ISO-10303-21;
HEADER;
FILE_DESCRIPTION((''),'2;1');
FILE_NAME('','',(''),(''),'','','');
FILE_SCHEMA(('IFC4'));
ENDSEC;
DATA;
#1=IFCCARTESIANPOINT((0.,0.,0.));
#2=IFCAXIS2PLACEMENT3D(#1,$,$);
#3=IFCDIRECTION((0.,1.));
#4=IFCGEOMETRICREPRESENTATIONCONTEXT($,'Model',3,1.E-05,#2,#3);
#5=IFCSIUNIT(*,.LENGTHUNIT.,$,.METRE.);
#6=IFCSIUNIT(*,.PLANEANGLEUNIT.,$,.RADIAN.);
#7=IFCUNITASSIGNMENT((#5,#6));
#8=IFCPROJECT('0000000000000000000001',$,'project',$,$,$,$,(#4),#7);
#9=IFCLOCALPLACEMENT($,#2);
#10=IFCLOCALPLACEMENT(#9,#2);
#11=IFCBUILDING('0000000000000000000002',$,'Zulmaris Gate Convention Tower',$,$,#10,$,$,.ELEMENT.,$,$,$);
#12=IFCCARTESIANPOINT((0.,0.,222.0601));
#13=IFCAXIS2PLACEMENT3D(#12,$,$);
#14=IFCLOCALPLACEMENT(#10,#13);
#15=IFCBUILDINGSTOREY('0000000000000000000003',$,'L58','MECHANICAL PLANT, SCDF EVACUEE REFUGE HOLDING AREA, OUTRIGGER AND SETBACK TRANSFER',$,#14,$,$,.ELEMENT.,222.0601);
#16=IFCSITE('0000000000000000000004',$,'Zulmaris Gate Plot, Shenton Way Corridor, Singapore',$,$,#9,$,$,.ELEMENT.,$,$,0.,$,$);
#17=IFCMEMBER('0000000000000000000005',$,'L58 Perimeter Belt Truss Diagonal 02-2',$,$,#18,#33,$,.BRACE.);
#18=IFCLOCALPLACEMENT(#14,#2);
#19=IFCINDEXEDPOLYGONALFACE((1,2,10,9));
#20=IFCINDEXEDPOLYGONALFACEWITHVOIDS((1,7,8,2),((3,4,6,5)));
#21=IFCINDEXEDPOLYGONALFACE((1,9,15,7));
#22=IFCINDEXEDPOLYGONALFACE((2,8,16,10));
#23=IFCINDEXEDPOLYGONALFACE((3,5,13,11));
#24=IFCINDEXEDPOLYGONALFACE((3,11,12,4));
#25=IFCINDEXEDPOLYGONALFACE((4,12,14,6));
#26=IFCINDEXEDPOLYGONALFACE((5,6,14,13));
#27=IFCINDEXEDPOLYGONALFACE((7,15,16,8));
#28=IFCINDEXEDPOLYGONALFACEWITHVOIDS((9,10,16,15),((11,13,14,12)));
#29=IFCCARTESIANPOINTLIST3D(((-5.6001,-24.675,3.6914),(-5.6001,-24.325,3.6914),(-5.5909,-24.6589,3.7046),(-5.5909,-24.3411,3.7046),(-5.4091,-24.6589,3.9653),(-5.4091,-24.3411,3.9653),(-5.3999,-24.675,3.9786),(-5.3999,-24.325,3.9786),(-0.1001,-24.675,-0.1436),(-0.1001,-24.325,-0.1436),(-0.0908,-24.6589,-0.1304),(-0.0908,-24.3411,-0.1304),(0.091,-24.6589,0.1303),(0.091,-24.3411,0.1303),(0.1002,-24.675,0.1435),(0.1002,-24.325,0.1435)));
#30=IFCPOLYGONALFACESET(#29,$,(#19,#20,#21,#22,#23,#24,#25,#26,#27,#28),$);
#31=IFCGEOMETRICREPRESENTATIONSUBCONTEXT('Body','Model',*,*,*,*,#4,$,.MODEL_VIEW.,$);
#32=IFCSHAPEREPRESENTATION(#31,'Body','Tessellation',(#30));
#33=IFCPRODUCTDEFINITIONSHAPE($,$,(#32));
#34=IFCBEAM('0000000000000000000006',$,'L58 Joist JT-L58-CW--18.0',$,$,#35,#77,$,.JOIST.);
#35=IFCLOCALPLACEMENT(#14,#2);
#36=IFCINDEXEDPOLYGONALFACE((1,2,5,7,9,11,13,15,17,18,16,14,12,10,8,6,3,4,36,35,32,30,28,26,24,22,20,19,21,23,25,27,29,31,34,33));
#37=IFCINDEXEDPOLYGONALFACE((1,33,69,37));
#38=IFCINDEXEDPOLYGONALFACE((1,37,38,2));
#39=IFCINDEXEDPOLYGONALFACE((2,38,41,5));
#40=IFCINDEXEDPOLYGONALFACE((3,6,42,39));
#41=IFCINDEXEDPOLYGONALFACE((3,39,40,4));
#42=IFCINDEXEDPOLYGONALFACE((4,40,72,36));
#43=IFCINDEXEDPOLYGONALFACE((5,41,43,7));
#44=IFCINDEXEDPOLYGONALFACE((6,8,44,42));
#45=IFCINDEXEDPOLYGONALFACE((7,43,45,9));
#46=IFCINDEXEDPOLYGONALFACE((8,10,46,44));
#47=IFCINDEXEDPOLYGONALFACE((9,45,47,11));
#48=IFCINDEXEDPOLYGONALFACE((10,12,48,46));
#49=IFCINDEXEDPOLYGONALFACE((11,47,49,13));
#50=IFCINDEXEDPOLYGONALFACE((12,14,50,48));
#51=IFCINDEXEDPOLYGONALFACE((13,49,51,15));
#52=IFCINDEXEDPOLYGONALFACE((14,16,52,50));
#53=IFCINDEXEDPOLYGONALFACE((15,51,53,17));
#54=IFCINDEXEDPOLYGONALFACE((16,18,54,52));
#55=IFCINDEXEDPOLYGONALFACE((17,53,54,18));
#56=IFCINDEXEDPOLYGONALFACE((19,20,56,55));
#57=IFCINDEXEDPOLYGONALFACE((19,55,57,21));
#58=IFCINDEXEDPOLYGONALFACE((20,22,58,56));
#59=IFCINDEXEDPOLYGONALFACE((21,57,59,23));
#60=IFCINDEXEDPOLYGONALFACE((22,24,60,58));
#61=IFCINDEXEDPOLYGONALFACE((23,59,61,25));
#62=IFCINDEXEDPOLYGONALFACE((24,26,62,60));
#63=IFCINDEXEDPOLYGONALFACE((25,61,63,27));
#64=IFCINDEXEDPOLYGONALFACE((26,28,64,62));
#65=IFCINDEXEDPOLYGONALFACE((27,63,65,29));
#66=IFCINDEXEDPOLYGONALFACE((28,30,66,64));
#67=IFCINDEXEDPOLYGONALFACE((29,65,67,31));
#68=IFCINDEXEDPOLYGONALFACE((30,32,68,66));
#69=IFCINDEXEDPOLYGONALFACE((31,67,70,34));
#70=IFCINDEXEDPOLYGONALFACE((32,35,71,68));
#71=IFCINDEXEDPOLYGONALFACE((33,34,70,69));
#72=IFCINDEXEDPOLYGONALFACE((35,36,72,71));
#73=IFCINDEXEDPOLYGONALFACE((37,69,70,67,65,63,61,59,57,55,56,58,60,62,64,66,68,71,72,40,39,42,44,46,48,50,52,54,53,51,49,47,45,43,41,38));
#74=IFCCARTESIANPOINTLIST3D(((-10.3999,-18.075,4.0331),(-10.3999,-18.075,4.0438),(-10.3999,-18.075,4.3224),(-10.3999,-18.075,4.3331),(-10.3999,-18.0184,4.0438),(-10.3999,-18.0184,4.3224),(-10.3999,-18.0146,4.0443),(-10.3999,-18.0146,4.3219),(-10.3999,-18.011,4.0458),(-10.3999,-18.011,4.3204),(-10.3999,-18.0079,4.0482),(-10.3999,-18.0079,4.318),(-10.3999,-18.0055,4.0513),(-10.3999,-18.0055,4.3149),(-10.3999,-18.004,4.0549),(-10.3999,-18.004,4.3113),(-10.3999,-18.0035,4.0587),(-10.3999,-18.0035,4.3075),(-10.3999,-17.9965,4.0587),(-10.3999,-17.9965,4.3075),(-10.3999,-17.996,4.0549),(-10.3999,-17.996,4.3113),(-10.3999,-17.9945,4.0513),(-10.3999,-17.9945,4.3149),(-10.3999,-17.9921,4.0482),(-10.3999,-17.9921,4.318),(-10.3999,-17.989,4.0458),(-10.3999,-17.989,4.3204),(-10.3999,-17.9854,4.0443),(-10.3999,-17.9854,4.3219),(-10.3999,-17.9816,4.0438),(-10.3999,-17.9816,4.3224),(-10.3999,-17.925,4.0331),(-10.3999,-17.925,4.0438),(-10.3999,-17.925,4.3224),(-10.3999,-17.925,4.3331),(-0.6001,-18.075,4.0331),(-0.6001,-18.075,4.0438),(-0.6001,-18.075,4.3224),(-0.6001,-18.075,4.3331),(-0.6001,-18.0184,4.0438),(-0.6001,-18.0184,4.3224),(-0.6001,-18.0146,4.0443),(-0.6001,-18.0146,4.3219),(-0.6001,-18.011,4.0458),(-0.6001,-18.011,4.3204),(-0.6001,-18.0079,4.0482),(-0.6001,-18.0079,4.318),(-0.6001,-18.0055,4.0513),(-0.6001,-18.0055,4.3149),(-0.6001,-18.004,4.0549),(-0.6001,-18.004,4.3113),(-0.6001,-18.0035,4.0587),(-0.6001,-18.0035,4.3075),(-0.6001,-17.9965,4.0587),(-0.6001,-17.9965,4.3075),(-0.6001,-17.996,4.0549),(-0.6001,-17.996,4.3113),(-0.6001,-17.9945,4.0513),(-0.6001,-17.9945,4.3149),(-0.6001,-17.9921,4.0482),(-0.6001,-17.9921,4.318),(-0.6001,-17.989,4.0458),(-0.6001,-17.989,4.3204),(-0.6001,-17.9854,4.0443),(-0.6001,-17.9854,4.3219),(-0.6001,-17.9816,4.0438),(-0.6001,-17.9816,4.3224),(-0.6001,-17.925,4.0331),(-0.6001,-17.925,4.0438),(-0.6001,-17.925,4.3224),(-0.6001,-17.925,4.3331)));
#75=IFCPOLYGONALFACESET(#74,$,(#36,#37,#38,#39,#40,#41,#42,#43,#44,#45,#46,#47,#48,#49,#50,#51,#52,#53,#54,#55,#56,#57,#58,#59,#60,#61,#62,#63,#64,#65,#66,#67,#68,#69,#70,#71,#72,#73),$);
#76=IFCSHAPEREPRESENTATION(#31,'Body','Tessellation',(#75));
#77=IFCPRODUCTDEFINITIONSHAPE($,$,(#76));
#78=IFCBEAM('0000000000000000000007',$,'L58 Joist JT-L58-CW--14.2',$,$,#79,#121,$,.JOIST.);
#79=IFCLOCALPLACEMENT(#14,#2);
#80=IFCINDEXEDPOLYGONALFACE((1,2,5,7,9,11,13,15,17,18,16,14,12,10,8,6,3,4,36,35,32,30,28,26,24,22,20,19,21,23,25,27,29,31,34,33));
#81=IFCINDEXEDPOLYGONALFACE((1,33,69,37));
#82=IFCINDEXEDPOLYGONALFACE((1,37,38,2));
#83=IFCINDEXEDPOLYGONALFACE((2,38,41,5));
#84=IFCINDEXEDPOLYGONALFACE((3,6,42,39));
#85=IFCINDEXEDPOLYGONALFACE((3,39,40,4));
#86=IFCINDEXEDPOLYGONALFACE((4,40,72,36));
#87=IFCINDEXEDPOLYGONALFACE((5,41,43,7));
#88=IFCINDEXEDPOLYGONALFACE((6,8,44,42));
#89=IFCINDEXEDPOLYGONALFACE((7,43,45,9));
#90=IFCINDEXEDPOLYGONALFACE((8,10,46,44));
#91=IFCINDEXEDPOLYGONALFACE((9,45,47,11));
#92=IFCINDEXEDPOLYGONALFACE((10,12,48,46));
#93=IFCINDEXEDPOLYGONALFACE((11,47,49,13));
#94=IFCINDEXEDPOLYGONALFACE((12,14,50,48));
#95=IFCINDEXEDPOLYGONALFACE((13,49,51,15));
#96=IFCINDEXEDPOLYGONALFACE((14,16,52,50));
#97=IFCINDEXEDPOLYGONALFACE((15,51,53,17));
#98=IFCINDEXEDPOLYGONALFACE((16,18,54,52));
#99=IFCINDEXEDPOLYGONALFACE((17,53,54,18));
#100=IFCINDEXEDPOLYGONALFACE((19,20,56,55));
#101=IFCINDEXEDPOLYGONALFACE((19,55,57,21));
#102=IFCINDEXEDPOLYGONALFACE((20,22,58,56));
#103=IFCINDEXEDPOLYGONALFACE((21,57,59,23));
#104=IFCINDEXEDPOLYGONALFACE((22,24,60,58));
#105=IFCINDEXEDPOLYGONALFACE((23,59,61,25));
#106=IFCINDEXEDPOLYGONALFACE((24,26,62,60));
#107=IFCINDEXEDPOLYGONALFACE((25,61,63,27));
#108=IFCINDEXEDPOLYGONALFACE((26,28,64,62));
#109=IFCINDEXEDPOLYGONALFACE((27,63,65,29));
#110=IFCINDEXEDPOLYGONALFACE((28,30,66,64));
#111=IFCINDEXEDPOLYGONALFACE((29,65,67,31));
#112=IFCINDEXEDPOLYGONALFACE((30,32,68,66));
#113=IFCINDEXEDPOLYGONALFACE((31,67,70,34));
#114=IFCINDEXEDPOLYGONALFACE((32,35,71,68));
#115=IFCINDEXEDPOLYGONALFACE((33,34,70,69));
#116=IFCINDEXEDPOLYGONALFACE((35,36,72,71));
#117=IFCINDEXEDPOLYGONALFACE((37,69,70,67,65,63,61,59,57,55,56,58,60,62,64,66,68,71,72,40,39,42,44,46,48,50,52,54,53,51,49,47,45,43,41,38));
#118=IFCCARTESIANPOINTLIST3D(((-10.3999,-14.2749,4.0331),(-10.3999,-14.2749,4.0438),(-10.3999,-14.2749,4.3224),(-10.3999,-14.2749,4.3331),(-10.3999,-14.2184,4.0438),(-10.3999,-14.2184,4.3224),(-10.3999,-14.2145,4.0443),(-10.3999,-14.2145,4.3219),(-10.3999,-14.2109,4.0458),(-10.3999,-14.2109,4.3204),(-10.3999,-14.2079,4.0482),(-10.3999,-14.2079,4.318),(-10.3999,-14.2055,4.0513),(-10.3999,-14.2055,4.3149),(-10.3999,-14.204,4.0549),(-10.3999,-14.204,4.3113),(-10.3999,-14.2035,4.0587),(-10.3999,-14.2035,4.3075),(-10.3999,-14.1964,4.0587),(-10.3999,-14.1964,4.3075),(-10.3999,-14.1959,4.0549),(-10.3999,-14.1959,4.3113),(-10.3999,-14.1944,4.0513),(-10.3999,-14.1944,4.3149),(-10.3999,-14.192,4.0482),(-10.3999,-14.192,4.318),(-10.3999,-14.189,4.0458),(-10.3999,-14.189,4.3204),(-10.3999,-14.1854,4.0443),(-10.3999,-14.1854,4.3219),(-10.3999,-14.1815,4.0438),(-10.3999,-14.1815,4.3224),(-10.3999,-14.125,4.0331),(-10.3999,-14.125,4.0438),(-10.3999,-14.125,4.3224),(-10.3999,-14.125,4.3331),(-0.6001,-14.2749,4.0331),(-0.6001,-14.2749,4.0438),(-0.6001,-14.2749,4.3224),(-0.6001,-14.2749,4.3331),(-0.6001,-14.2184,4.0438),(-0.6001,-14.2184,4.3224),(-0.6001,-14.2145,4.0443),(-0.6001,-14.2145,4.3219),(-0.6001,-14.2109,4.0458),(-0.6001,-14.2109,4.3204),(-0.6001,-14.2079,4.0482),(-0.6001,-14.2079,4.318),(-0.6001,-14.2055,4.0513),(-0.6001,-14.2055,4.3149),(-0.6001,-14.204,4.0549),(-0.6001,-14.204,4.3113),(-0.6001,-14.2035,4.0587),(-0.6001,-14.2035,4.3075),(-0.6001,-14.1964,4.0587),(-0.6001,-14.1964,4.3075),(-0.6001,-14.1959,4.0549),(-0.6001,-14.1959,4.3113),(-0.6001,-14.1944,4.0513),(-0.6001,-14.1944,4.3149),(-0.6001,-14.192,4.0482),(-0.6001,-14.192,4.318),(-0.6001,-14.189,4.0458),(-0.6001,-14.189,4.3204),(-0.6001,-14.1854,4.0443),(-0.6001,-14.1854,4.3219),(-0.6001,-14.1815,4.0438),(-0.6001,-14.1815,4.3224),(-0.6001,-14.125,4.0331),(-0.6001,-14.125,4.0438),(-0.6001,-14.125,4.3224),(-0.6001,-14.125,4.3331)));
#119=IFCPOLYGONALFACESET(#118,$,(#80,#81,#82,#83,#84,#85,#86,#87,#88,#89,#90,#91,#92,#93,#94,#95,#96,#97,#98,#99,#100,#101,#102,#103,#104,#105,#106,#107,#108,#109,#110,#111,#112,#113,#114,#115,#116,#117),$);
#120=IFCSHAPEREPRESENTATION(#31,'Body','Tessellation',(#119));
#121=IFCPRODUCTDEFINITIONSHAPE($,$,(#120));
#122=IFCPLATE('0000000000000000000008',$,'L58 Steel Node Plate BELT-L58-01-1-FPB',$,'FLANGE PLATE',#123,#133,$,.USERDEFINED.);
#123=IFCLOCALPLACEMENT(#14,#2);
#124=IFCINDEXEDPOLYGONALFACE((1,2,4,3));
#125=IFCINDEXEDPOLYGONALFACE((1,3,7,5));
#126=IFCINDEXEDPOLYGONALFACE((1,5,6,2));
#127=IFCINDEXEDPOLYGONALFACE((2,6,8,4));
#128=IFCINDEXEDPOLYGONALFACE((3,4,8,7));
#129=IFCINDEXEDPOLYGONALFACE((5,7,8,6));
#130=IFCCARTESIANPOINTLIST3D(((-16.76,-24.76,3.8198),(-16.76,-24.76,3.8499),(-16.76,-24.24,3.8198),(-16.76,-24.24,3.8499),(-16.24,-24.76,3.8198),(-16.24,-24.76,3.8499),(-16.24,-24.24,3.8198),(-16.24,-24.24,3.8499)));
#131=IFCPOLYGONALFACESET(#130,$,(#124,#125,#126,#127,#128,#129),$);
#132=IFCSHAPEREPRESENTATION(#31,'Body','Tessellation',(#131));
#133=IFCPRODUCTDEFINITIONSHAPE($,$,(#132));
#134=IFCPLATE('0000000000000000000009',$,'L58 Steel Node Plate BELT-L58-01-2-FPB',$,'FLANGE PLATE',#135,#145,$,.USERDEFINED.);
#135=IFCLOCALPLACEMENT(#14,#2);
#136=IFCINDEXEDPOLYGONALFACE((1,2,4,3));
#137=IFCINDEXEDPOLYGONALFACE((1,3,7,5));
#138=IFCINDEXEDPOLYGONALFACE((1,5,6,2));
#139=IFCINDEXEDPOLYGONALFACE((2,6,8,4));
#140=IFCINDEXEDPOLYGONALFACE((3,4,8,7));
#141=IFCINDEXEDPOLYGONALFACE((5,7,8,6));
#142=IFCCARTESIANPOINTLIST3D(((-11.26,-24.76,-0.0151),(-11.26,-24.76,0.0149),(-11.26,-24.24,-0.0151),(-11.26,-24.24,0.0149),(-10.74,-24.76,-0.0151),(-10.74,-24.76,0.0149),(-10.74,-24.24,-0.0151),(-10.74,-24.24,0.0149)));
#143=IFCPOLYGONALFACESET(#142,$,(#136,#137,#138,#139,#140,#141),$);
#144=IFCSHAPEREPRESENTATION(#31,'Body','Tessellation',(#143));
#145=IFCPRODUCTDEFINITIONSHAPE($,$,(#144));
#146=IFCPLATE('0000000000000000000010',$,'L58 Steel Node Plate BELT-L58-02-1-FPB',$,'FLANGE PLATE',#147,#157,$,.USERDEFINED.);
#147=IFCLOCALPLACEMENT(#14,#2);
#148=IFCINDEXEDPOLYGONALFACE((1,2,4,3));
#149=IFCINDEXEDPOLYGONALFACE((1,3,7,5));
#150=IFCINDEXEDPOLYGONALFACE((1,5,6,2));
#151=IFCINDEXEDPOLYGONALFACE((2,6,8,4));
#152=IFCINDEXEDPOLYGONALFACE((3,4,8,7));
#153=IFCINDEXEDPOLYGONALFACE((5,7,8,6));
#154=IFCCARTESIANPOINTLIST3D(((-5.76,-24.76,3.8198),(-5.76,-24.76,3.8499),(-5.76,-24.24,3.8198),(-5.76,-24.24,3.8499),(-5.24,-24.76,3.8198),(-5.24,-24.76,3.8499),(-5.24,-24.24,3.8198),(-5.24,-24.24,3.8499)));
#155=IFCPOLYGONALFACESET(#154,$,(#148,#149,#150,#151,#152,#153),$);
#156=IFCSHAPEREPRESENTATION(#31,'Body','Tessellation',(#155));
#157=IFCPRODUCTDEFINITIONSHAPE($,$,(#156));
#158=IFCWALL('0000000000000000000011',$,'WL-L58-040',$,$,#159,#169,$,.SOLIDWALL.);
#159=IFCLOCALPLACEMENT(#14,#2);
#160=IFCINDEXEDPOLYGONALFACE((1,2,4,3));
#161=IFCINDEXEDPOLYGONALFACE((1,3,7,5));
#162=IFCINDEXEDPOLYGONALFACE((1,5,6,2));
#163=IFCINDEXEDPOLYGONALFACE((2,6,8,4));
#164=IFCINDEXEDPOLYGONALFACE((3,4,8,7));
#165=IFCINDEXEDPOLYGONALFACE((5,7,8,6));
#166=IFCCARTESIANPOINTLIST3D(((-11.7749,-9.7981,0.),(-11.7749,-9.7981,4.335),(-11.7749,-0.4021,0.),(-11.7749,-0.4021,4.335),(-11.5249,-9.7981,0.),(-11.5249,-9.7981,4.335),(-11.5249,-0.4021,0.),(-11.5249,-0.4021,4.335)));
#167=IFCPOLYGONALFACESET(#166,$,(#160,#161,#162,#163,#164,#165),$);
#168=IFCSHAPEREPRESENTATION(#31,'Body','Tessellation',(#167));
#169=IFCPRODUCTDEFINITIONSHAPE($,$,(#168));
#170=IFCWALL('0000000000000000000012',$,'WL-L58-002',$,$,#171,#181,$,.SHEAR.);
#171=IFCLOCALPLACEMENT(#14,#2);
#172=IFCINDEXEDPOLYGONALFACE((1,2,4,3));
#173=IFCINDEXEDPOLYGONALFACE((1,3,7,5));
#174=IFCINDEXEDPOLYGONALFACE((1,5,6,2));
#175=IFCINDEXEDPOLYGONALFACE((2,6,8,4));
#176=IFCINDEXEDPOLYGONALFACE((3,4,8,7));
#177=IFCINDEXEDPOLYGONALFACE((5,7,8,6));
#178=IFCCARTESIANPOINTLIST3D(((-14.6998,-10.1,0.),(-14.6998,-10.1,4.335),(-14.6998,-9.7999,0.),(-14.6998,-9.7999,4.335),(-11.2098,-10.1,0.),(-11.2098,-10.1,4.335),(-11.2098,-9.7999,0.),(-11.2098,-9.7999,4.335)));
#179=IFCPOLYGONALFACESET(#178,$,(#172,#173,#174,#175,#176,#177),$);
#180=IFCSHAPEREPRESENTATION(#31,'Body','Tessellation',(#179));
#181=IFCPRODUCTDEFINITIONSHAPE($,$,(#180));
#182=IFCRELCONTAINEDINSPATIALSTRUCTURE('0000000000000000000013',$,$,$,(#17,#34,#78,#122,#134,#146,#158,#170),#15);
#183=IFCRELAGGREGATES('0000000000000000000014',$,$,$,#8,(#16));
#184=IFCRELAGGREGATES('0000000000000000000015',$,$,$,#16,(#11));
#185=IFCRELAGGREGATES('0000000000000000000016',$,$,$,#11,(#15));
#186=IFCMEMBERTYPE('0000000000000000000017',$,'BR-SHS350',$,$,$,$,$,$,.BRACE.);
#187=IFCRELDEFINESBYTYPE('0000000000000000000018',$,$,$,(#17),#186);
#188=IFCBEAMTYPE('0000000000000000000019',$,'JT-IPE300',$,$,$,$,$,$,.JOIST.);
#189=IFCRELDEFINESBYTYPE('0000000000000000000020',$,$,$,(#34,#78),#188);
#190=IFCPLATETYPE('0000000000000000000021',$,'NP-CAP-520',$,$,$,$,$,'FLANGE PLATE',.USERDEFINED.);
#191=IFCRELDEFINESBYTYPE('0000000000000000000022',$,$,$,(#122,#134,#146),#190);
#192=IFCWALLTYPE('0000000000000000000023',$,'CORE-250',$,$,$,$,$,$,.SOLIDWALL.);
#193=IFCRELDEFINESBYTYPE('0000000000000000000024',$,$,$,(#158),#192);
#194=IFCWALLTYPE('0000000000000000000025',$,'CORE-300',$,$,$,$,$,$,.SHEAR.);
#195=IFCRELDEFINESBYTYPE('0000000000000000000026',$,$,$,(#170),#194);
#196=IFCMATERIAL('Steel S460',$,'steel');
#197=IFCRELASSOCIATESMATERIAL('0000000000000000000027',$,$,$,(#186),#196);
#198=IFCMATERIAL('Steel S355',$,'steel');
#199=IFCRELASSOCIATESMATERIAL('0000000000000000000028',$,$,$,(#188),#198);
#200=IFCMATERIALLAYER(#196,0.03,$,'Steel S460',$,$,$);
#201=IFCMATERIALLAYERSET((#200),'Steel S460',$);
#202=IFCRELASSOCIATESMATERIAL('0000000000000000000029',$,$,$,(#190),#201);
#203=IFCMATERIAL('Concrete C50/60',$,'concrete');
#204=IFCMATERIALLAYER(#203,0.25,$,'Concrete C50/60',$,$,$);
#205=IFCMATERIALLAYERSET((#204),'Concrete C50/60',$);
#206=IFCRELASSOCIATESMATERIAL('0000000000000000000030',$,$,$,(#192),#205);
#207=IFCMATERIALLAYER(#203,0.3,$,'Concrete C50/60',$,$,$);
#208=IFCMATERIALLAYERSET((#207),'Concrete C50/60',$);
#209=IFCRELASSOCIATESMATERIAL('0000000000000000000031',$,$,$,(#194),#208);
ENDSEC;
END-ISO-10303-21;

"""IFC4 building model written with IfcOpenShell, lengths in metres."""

from ifc_helpers import new_model, si_unit, direction, frame, frame_2d, origin, origin_2d, place, context, subcontext, project, spatial, rectangle, hollow_rectangle, i_section, extrude, material, layer, layer_set, material_profile, profile_set, type_object, element, save


model = new_model("IFC4")

# Units and contexts
model_context = context("Model", 3, precision=1e-05, world=origin(), true_north=direction((0.0, 1.0)))
body_context = subcontext(model_context, "Body", "Model", "MODEL_VIEW")
ifc_project = project(units=[si_unit("LENGTHUNIT", "METRE"), si_unit("PLANEANGLEUNIT", "RADIAN")], contexts=[model_context])

# Site, building, storey
site_placement = place(None, origin())
site = spatial("IfcSite", under=ifc_project, at=site_placement, Name="Zulmaris Gate Plot, Shenton Way Corridor, Singapore", CompositionType="ELEMENT", RefElevation=0.0)
building_placement = place(site_placement, origin())
building = spatial("IfcBuilding", under=site, at=building_placement, Name="Zulmaris Gate Convention Tower", CompositionType="ELEMENT")
storey_placement = place(building_placement, frame((0.0, 0.0, 222.0601)))
storey = spatial("IfcBuildingStorey", under=building, at=storey_placement, Name="L58", Description="MECHANICAL PLANT, SCDF EVACUEE REFUGE HOLDING AREA, OUTRIGGER AND SETBACK TRANSFER", CompositionType="ELEMENT", Elevation=222.0601)

# Shared definitions
ifc_material_1 = material(Name="Steel S460", Category="steel")

# Member
ifc_material_profile_1 = material_profile(ifc_material_1, hollow_rectangle(XDim=0.3501, YDim=0.3501, WallThickness=0.0161, at=origin_2d()), Name="SHS 350x350x16")
ifc_profile_set_1 = profile_set([ifc_material_profile_1], Name="Steel S460")
member_type = type_object("IfcMemberType", Name="BR-SHS350", PredefinedType="BRACE", material=ifc_profile_set_1)
for number, where, z_axis, x_axis, name in (
    (1, (-5.5, -24.5, 3.835), (0.820284, 0.0, -0.571956), (0.0, 1.0, 0.0), "L58 Perimeter Belt Truss Diagonal 02-2"),
):
    element("IfcMember", number, at=place(storey_placement, frame(where, z_axis=z_axis, x_axis=x_axis)), inside=storey, type_object=member_type, Name=name, PredefinedType="BRACE", context=body_context, shape_type="SweptSolid", body=[
        extrude(hollow_rectangle(XDim=0.3501, YDim=0.3501, WallThickness=0.0161, at=origin_2d()), origin(), (0.0, 0.0, 1.0), 6.7051),
    ])

# Beams
ifc_material_2 = material(Name="Steel S355", Category="steel")
ifc_material_profile_2 = material_profile(ifc_material_2, i_section(OverallWidth=0.1499, OverallDepth=0.3, WebThickness=0.0071, FlangeThickness=0.0107, FilletRadius=0.0149, at=origin_2d()), Name="IPE 300")
ifc_profile_set_2 = profile_set([ifc_material_profile_2], Name="Steel S355")
beam_type_1 = type_object("IfcBeamType", Name="JT-IPE300", PredefinedType="JOIST", material=ifc_profile_set_2)
for number, where, z_axis, x_axis, name in (
    (2, (-10.3999, -18.0, 4.1831), (1.0, 0.0, 0.0), (0.0, 1.0, 0.0), "L58 Joist JT-L58-CW--18.0"),
    (3, (-10.3999, -14.2, 4.1831), (1.0, 0.0, 0.0), (0.0, 1.0, 0.0), "L58 Joist JT-L58-CW--14.2"),
):
    element("IfcBeam", number, at=place(storey_placement, frame(where, z_axis=z_axis, x_axis=x_axis)), inside=storey, type_object=beam_type_1, Name=name, PredefinedType="JOIST", context=body_context, shape_type="SweptSolid", body=[
        extrude(i_section(OverallWidth=0.1499, OverallDepth=0.3, WebThickness=0.0071, FlangeThickness=0.0107, FilletRadius=0.0149, at=origin_2d()), origin(), (0.0, 0.0, 1.0), 9.7998),
    ])

# Plates
ifc_layer_1 = layer(ifc_material_1, 0.03, Name="Steel S460")
ifc_layer_set_1 = layer_set([ifc_layer_1], Name="Steel S460")
plate_type = type_object("IfcPlateType", Name="NP-CAP-520", ElementType="FLANGE PLATE", PredefinedType="USERDEFINED", material=ifc_layer_set_1)
for number, where, z_axis, x_axis, name in (
    (4, (-16.5, -24.5, 3.8198), (0.0, 0.0, 1.0), (1.0, 0.0, 0.0), "L58 Steel Node Plate BELT-L58-01-1-FPB"),
    (5, (-11.0, -24.5, -0.0151), (0.0, 0.0, 1.0), (1.0, 0.0, 0.0), "L58 Steel Node Plate BELT-L58-01-2-FPB"),
    (6, (-5.5, -24.5, 3.8198), (0.0, 0.0, 1.0), (1.0, 0.0, 0.0), "L58 Steel Node Plate BELT-L58-02-1-FPB"),
):
    element("IfcPlate", number, at=place(storey_placement, frame(where, z_axis=z_axis, x_axis=x_axis)), inside=storey, type_object=plate_type, Name=name, ObjectType="FLANGE PLATE", PredefinedType="USERDEFINED", context=body_context, shape_type="SweptSolid", body=[
        extrude(rectangle(XDim=0.52, YDim=0.52, at=origin_2d()), origin(), (0.0, 0.0, 1.0), 0.03),
    ])

# Walls
ifc_material_3 = material(Name="Concrete C50/60", Category="concrete")
ifc_layer_2 = layer(ifc_material_3, 0.25, Name="Concrete C50/60")
ifc_layer_set_2 = layer_set([ifc_layer_2], Name="Concrete C50/60")
wall_type_1 = type_object("IfcWallType", Name="CORE-250", PredefinedType="SOLIDWALL", material=ifc_layer_set_2)
wall_1_placement = place(storey_placement, frame((-11.6499, -9.7981, 0.0), z_axis=(0.0, 0.0, 1.0), x_axis=(0.0, 1.0, 0.0)))
element("IfcWall", 7, at=wall_1_placement, inside=storey, type_object=wall_type_1, Name="WL-L58-040", PredefinedType="SOLIDWALL", context=body_context, shape_type="SweptSolid", body=[
    extrude(rectangle(XDim=9.396, YDim=0.25, at=frame_2d((4.698, 0.0))), origin(), (0.0, 0.0, 1.0), 4.335),
])
ifc_layer_3 = layer(ifc_material_3, 0.3, Name="Concrete C50/60")
ifc_layer_set_3 = layer_set([ifc_layer_3], Name="Concrete C50/60")
wall_type_2 = type_object("IfcWallType", Name="CORE-300", PredefinedType="SHEAR", material=ifc_layer_set_3)
wall_2_placement = place(storey_placement, frame((-14.7, -9.95, 0.0), z_axis=(0.0, 0.0, 1.0), x_axis=(1.0, 0.0, 0.0)))
element("IfcWall", 8, at=wall_2_placement, inside=storey, type_object=wall_type_2, Name="WL-L58-002", PredefinedType="SHEAR", context=body_context, shape_type="SweptSolid", body=[
    extrude(rectangle(XDim=3.49, YDim=0.3, at=frame_2d((1.7451, 0.0))), origin(), (0.0, 0.0, 1.0), 4.335),
])

save(model, "model.ifc")
